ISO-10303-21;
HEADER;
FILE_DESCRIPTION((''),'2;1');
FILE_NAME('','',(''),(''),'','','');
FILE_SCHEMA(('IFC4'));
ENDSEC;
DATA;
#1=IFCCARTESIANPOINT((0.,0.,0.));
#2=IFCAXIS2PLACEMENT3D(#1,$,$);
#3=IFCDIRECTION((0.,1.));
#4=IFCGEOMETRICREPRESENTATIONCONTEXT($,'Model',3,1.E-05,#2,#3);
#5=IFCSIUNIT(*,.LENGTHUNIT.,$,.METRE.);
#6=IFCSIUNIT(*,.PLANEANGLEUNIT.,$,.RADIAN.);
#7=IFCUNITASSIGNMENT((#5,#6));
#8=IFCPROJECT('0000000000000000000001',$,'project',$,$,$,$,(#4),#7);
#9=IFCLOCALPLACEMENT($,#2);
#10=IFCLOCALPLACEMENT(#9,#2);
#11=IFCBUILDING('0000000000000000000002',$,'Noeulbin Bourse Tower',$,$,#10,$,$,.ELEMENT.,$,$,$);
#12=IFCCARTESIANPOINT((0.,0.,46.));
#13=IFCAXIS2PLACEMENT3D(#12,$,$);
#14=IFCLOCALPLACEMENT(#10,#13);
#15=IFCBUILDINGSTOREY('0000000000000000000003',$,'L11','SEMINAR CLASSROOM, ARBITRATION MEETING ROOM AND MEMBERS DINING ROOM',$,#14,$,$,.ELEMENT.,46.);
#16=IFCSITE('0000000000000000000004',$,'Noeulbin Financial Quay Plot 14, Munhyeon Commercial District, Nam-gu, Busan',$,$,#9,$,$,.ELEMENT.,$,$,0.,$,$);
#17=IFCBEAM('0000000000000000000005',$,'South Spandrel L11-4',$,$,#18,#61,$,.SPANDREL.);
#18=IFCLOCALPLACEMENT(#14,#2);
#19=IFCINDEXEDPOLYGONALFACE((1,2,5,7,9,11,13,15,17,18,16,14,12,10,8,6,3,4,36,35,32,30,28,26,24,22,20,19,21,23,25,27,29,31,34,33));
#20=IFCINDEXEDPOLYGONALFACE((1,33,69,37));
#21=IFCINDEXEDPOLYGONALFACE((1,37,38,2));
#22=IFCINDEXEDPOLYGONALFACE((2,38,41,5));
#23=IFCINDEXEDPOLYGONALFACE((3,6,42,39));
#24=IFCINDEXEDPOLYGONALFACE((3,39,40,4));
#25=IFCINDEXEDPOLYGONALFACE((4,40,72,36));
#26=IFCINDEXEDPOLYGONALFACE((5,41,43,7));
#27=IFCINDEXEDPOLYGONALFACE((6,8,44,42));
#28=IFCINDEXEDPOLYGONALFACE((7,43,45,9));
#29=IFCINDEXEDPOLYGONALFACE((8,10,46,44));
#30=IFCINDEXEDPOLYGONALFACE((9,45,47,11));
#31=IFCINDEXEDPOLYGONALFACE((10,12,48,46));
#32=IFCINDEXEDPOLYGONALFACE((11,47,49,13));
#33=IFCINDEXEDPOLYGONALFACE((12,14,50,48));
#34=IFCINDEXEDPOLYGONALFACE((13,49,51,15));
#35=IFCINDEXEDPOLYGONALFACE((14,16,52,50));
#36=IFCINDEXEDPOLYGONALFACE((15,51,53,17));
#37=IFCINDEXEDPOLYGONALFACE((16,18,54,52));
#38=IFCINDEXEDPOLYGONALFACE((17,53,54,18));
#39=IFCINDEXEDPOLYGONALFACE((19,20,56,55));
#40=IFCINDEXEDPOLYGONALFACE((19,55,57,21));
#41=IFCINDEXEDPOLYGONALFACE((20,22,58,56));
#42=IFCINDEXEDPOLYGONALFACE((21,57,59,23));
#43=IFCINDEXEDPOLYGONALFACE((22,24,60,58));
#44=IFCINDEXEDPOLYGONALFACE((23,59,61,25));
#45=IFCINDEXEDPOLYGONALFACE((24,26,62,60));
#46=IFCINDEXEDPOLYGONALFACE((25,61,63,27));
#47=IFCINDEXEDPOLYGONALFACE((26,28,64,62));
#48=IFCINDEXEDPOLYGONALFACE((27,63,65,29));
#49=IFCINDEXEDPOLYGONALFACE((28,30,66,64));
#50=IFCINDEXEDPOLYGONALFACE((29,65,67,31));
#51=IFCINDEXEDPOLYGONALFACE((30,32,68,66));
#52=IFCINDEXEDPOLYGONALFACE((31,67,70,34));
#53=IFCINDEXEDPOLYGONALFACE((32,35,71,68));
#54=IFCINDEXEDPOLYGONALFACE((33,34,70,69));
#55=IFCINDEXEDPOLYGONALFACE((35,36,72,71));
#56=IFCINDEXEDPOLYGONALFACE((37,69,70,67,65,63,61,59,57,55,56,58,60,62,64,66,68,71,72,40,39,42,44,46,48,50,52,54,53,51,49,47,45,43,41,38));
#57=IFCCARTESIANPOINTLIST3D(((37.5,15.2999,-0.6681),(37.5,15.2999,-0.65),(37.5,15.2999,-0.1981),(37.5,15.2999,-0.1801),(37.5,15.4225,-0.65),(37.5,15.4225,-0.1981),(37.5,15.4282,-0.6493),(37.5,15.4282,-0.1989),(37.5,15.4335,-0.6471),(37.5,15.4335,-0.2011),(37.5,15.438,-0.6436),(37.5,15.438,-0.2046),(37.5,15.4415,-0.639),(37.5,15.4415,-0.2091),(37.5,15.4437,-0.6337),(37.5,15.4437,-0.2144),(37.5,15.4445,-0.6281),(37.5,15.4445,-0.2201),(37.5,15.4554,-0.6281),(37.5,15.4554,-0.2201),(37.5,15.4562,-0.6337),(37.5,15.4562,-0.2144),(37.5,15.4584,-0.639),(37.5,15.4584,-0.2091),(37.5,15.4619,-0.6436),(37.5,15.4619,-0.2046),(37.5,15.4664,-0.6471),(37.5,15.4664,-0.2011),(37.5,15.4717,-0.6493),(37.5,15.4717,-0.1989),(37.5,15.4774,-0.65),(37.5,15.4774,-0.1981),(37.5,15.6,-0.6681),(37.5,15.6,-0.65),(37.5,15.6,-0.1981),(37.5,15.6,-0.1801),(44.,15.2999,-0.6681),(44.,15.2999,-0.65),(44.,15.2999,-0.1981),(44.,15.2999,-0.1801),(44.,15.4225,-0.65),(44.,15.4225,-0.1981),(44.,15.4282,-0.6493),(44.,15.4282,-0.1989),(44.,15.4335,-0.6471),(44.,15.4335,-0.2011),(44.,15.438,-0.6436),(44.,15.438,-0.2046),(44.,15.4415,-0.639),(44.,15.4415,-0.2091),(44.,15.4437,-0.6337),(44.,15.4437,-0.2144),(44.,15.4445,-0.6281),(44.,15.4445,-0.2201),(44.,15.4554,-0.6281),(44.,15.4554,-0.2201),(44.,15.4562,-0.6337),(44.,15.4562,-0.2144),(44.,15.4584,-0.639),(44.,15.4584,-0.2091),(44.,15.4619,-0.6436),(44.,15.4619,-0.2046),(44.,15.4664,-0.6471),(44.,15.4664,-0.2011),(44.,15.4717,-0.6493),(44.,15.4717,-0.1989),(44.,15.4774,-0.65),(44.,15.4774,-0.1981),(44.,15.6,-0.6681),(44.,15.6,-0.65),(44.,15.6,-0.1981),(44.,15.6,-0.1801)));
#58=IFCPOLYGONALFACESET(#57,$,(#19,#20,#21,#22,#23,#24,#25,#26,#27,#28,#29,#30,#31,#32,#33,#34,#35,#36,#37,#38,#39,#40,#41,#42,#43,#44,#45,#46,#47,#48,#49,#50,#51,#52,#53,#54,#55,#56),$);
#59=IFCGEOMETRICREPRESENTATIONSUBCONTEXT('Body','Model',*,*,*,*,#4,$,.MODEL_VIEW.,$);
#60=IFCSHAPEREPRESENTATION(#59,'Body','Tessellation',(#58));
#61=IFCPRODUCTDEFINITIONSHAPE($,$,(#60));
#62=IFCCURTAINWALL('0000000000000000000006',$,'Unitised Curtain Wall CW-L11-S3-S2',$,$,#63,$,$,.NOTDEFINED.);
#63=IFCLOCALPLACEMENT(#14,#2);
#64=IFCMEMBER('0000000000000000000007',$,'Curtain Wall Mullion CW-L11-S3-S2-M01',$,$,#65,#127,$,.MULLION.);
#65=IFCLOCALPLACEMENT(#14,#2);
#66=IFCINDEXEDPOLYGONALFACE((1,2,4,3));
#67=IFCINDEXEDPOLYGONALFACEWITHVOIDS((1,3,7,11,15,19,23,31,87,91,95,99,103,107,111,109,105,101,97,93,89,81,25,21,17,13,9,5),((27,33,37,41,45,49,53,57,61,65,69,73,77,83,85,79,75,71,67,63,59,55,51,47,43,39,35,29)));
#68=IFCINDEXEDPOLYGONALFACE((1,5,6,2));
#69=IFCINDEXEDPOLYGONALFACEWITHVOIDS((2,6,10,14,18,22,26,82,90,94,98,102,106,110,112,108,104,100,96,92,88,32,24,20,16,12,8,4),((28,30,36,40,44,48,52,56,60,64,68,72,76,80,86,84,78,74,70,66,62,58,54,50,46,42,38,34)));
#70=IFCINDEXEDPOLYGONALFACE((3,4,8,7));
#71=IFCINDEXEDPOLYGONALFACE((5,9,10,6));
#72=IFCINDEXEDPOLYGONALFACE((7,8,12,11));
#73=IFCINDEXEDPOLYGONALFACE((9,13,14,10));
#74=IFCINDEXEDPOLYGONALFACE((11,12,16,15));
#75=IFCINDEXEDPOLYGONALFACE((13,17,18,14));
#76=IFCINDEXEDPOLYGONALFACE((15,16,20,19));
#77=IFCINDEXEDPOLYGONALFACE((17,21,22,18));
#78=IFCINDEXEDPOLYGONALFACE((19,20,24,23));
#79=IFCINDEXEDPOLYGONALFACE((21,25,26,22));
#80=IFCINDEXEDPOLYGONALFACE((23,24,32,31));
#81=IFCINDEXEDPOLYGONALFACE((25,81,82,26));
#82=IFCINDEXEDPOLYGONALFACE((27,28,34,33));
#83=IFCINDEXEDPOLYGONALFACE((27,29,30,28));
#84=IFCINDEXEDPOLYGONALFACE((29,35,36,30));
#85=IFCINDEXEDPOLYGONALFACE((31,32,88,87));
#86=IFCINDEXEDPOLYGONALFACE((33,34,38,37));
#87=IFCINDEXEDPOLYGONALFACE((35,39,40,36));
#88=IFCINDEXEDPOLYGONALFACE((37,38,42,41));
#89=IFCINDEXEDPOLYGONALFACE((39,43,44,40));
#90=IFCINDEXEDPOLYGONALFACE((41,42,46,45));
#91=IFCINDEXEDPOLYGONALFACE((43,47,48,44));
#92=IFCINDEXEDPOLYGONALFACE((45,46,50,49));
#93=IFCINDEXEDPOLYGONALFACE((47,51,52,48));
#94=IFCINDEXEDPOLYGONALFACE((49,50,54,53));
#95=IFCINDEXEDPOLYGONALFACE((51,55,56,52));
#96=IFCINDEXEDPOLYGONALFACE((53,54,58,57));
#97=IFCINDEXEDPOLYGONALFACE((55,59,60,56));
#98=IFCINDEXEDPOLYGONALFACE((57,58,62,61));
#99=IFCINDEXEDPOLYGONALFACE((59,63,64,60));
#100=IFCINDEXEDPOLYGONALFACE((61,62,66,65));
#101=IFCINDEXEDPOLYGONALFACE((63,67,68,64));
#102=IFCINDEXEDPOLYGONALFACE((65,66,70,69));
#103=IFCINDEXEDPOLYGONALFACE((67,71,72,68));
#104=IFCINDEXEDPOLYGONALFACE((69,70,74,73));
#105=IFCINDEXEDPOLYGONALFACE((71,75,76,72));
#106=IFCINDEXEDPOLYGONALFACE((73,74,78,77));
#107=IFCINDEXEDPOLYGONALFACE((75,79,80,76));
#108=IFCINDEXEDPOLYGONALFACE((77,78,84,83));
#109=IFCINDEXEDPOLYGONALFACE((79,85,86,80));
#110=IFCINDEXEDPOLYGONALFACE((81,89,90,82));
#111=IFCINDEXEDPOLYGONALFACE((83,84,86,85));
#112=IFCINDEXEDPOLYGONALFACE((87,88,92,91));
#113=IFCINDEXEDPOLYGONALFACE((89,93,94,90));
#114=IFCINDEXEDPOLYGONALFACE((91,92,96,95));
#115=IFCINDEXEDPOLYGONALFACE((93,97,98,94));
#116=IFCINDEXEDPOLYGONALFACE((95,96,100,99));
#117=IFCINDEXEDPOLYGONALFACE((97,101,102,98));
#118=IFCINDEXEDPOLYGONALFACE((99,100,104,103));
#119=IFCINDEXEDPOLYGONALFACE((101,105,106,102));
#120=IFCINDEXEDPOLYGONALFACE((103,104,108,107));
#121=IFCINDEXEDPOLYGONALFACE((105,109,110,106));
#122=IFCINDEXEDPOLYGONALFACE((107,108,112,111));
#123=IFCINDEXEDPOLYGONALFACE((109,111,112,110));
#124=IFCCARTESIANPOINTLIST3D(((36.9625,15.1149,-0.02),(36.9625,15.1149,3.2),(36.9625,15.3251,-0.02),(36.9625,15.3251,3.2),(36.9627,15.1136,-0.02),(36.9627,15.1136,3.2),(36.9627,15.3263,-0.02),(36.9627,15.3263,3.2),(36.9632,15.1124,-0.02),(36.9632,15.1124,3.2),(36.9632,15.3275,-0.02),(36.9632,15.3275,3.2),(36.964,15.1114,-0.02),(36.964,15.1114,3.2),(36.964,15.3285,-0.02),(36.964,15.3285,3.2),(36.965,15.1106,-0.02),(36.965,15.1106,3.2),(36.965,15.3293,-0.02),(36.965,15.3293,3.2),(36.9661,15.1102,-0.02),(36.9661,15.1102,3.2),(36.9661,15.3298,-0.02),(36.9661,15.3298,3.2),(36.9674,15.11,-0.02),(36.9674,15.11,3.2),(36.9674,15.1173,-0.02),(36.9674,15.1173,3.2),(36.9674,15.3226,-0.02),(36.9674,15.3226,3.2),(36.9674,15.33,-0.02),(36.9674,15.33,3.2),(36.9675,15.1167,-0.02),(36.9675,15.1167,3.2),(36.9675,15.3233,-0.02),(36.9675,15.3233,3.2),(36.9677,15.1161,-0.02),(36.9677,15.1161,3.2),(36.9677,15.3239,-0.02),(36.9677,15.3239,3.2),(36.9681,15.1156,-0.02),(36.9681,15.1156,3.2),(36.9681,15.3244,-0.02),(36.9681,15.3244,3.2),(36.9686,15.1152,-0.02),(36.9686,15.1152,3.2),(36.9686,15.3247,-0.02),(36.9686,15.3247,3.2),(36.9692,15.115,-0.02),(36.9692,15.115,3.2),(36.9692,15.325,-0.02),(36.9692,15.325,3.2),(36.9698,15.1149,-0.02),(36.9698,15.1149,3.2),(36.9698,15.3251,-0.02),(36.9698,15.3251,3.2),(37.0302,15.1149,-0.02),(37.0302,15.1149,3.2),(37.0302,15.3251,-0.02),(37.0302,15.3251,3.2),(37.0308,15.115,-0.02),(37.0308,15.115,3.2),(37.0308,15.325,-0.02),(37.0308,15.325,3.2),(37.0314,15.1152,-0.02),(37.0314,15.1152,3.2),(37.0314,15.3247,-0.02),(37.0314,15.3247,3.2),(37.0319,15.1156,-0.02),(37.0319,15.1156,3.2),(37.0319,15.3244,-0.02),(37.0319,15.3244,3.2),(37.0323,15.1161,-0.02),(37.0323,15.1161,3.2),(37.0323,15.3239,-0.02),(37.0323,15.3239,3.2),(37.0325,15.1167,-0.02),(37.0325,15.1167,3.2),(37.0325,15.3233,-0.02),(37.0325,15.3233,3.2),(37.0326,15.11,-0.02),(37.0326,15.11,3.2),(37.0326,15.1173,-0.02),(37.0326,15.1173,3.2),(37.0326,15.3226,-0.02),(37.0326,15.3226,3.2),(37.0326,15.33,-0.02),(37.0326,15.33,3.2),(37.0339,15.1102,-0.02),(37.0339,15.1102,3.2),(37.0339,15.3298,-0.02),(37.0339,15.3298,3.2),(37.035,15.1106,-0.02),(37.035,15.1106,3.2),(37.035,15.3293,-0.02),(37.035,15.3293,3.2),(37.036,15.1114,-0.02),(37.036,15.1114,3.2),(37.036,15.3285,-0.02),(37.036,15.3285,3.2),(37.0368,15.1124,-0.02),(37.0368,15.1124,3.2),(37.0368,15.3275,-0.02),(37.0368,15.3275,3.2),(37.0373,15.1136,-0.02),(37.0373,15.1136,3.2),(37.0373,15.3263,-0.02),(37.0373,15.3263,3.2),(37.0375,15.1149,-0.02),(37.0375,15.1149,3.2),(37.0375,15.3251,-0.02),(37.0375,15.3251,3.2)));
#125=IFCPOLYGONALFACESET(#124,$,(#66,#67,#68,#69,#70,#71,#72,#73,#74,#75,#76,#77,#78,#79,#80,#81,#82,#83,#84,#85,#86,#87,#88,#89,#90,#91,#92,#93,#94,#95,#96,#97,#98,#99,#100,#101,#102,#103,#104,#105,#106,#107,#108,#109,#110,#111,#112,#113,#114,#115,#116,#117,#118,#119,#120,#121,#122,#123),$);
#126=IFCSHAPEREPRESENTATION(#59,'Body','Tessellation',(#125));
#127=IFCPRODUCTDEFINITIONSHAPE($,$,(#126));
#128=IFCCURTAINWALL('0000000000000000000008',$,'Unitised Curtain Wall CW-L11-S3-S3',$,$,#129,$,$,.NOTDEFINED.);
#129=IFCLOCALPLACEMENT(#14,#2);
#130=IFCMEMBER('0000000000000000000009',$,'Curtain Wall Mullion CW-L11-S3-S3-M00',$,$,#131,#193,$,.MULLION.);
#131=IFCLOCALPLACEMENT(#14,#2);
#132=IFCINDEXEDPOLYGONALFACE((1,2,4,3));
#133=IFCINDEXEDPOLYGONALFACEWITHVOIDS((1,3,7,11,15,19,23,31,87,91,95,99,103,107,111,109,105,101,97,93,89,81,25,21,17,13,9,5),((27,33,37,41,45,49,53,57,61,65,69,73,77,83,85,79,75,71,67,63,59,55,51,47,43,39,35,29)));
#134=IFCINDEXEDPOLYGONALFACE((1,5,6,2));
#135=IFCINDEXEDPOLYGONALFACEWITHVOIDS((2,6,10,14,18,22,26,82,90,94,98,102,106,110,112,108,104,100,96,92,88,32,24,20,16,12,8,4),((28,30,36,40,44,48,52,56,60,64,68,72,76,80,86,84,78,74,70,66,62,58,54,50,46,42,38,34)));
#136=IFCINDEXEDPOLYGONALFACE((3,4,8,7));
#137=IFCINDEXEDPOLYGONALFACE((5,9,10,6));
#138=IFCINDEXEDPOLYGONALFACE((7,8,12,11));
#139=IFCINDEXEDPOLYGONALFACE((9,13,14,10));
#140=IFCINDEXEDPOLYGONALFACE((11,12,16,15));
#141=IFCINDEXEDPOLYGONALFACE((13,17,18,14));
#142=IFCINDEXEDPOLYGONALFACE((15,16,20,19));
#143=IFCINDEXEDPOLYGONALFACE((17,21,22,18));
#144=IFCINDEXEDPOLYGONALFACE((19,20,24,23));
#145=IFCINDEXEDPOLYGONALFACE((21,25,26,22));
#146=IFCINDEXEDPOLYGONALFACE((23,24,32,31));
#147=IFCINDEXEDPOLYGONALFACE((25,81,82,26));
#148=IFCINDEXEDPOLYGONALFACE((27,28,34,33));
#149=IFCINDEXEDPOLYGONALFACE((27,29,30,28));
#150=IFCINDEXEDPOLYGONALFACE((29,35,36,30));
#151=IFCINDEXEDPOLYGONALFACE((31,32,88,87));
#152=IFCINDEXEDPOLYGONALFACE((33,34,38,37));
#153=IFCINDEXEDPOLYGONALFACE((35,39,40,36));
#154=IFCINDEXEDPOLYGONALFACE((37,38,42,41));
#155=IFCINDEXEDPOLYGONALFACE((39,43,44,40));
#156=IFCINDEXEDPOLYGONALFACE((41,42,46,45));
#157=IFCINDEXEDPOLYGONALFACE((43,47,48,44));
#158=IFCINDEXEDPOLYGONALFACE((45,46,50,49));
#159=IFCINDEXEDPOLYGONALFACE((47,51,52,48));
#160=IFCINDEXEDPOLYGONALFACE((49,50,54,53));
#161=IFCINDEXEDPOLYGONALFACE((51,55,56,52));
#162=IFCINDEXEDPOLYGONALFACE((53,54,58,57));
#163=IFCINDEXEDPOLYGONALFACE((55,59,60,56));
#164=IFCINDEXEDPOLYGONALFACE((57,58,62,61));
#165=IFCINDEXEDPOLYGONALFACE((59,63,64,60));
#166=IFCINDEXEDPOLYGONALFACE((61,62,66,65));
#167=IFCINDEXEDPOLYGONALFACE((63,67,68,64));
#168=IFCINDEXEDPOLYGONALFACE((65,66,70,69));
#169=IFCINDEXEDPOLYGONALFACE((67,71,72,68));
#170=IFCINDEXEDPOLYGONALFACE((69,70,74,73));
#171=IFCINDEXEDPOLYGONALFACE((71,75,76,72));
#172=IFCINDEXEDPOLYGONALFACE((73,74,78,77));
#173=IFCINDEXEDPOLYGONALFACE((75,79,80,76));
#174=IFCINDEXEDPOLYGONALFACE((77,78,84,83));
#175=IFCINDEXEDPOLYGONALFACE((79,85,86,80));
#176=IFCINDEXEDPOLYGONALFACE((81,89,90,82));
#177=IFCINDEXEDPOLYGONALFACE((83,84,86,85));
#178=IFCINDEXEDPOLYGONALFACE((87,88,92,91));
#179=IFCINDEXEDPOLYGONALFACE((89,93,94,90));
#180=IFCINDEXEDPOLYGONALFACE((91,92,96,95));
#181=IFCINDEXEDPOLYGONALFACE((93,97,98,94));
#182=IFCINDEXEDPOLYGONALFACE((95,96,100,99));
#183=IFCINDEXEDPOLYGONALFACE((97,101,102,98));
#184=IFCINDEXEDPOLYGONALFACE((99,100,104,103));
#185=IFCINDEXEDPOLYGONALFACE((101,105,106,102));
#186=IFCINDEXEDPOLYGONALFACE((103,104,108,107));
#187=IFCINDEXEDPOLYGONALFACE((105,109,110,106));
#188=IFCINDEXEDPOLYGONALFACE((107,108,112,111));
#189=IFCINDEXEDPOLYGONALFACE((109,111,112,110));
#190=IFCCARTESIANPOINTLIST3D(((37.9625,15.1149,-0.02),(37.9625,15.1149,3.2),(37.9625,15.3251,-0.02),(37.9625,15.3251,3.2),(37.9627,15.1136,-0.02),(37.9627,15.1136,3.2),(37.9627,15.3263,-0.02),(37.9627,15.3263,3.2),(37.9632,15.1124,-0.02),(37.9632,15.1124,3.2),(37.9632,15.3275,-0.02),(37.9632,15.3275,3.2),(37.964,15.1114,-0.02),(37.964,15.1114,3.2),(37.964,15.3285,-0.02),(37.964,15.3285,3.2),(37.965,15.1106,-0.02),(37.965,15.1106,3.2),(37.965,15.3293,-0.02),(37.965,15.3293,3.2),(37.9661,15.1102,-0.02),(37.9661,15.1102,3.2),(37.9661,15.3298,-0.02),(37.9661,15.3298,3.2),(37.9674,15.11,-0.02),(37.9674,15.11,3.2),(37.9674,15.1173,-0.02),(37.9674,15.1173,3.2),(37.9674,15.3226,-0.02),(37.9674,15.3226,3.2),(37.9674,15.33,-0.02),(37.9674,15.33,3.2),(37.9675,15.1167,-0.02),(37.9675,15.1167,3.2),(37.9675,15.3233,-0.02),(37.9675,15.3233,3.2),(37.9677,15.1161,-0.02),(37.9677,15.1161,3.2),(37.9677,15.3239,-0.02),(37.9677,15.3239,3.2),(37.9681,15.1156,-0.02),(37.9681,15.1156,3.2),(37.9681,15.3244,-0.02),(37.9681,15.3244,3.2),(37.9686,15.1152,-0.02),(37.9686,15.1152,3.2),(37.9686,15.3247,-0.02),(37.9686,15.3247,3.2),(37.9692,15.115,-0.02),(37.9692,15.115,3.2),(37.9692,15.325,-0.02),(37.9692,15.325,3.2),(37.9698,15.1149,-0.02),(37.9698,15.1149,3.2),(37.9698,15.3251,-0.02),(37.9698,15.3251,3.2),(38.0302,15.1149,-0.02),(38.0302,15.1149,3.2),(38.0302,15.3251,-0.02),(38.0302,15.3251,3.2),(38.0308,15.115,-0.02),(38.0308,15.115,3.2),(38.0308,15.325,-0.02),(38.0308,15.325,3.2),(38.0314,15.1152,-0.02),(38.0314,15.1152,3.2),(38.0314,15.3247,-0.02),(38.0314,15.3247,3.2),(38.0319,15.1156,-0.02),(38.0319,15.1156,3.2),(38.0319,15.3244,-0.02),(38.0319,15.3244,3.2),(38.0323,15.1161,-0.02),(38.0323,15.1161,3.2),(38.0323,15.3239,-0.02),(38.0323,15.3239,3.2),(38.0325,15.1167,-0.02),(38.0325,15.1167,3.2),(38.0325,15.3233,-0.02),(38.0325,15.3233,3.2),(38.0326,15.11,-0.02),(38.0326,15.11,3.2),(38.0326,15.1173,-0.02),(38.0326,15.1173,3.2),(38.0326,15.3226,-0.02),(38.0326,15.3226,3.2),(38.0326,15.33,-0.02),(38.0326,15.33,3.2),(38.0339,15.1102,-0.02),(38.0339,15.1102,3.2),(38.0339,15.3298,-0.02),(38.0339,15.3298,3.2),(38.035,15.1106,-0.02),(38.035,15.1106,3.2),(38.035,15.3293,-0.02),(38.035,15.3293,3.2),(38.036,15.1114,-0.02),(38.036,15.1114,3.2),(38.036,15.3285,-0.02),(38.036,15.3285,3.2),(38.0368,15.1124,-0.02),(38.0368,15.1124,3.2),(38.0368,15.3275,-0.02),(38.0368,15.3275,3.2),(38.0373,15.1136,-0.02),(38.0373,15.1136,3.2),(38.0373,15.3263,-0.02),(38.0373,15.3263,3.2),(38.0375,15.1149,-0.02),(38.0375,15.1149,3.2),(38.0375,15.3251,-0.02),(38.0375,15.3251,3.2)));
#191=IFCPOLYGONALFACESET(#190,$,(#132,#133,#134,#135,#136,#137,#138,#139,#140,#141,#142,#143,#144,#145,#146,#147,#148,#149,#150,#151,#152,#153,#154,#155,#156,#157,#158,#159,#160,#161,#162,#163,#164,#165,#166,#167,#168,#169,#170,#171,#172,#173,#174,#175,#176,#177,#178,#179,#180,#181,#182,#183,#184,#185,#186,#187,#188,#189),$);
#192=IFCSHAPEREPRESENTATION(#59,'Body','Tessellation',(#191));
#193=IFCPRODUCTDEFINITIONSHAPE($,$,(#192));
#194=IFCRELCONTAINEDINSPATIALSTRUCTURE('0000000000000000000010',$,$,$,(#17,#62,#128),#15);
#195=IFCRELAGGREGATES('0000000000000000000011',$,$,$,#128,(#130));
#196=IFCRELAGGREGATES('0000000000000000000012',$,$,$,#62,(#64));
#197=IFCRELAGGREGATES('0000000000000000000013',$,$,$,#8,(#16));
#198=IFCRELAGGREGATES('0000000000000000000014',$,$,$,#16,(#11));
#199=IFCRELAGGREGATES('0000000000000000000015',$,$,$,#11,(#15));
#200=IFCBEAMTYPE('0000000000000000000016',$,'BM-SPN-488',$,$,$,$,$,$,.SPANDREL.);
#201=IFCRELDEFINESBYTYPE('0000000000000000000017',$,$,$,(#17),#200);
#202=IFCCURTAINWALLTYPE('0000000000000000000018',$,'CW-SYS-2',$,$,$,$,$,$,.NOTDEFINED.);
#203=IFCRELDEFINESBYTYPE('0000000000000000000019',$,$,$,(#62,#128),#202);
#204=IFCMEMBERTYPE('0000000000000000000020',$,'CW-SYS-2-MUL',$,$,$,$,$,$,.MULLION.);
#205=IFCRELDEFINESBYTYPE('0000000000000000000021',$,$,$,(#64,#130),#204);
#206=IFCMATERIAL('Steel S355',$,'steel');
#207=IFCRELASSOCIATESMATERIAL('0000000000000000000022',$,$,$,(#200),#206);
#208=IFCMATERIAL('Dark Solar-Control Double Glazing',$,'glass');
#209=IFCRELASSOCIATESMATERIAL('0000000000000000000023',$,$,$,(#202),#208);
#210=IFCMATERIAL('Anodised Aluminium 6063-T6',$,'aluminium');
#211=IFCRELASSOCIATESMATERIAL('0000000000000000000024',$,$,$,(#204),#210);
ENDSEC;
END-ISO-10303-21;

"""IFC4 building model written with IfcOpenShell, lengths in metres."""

from ifc_helpers import new_model, si_unit, direction, frame, origin, origin_2d, place, context, subcontext, project, spatial, hollow_rectangle, i_section, extrude, material, material_profile, profile_set, type_object, element, aggregate, save


model = new_model("IFC4")

# Units and contexts
model_context = context("Model", 3, precision=1e-05, world=origin(), true_north=direction((0.0, 1.0)))
body_context = subcontext(model_context, "Body", "Model", "MODEL_VIEW")
ifc_project = project(units=[si_unit("LENGTHUNIT", "METRE"), si_unit("PLANEANGLEUNIT", "RADIAN")], contexts=[model_context])

# Site, building, storey
site_placement = place(None, origin())
site = spatial("IfcSite", under=ifc_project, at=site_placement, Name="Noeulbin Financial Quay Plot 14, Munhyeon Commercial District, Nam-gu, Busan", CompositionType="ELEMENT", RefElevation=0.0)
building_placement = place(site_placement, origin())
building = spatial("IfcBuilding", under=site, at=building_placement, Name="Noeulbin Bourse Tower", CompositionType="ELEMENT")
storey_placement = place(building_placement, frame((0.0, 0.0, 46.0)))
storey = spatial("IfcBuildingStorey", under=building, at=storey_placement, Name="L11", Description="SEMINAR CLASSROOM, ARBITRATION MEETING ROOM AND MEMBERS DINING ROOM", CompositionType="ELEMENT", Elevation=46.0)

# Beam
ifc_material_1 = material(Name="Steel S355", Category="steel")
ifc_material_profile_1 = material_profile(ifc_material_1, i_section(OverallWidth=0.3, OverallDepth=0.488, WebThickness=0.011, FlangeThickness=0.0181, FilletRadius=0.022, at=origin_2d()), Name="H-488x300x11x18", Category="LoadBearing")
ifc_profile_set_1 = profile_set([ifc_material_profile_1], Name="Steel S355")
beam_type_1 = type_object("IfcBeamType", Name="BM-SPN-488", PredefinedType="SPANDREL", material=ifc_profile_set_1)
beam_1_placement = place(storey_placement, frame((37.5, 15.45, -0.4241), z_axis=(1.0, 0.0, 0.0), x_axis=(0.0, 1.0, 0.0)))
element("IfcBeam", 1, at=beam_1_placement, inside=storey, type_object=beam_type_1, Name="South Spandrel L11-4", PredefinedType="SPANDREL", context=body_context, shape_type="SweptSolid", body=[
    extrude(i_section(OverallWidth=0.3, OverallDepth=0.488, WebThickness=0.011, FlangeThickness=0.0181, FilletRadius=0.022, at=origin_2d()), origin(), (0.0, 0.0, 1.0), 6.5),
])

# Curtain walls, members
ifc_material_2 = material(Name="Dark Solar-Control Double Glazing", Category="glass")
curtain_wall_type = type_object("IfcCurtainWallType", Name="CW-SYS-2", PredefinedType="NOTDEFINED", material=ifc_material_2)
curtain_wall_1_placement = place(storey_placement, origin())
curtain_wall_1 = element("IfcCurtainWall", 2, at=curtain_wall_1_placement, inside=storey, type_object=curtain_wall_type, Name="Unitised Curtain Wall CW-L11-S3-S2", PredefinedType="NOTDEFINED")
ifc_material_3 = material(Name="Anodised Aluminium 6063-T6", Category="aluminium")
ifc_material_profile_2 = material_profile(ifc_material_3, hollow_rectangle(XDim=0.075, YDim=0.22, WallThickness=0.0049, InnerFilletRadius=0.0024, OuterFilletRadius=0.0049, at=origin_2d()), Name="ALU-MULL-75x220x5", Category="LoadBearing")
ifc_profile_set_2 = profile_set([ifc_material_profile_2], Name="Anodised Aluminium 6063-T6")
member_type_1 = type_object("IfcMemberType", Name="CW-SYS-2-MUL", PredefinedType="MULLION", material=ifc_profile_set_2)
member_1_placement = place(storey_placement, frame((37.0, 15.22, -0.02), z_axis=(0.0, 0.0, 1.0), x_axis=(1.0, 0.0, 0.0)))
member_1 = element("IfcMember", 3, at=member_1_placement, type_object=member_type_1, Name="Curtain Wall Mullion CW-L11-S3-S2-M01", PredefinedType="MULLION", context=body_context, shape_type="SweptSolid", body=[
    extrude(hollow_rectangle(XDim=0.075, YDim=0.22, WallThickness=0.0049, InnerFilletRadius=0.0024, OuterFilletRadius=0.0049, at=origin_2d()), origin(), (0.0, 0.0, 1.0), 3.22),
])
curtain_wall_2_placement = place(storey_placement, origin())
curtain_wall_2 = element("IfcCurtainWall", 4, at=curtain_wall_2_placement, inside=storey, type_object=curtain_wall_type, Name="Unitised Curtain Wall CW-L11-S3-S3", PredefinedType="NOTDEFINED")
member_2_placement = place(storey_placement, frame((38.0, 15.22, -0.02), z_axis=(0.0, 0.0, 1.0), x_axis=(1.0, 0.0, 0.0)))
member_2 = element("IfcMember", 5, at=member_2_placement, type_object=member_type_1, Name="Curtain Wall Mullion CW-L11-S3-S3-M00", PredefinedType="MULLION", context=body_context, shape_type="SweptSolid", body=[
    extrude(hollow_rectangle(XDim=0.075, YDim=0.22, WallThickness=0.0049, InnerFilletRadius=0.0024, OuterFilletRadius=0.0049, at=origin_2d()), origin(), (0.0, 0.0, 1.0), 3.22),
])
aggregate(curtain_wall_2, [member_2])

aggregate(curtain_wall_1, [member_1])

save(model, "model.ifc")
